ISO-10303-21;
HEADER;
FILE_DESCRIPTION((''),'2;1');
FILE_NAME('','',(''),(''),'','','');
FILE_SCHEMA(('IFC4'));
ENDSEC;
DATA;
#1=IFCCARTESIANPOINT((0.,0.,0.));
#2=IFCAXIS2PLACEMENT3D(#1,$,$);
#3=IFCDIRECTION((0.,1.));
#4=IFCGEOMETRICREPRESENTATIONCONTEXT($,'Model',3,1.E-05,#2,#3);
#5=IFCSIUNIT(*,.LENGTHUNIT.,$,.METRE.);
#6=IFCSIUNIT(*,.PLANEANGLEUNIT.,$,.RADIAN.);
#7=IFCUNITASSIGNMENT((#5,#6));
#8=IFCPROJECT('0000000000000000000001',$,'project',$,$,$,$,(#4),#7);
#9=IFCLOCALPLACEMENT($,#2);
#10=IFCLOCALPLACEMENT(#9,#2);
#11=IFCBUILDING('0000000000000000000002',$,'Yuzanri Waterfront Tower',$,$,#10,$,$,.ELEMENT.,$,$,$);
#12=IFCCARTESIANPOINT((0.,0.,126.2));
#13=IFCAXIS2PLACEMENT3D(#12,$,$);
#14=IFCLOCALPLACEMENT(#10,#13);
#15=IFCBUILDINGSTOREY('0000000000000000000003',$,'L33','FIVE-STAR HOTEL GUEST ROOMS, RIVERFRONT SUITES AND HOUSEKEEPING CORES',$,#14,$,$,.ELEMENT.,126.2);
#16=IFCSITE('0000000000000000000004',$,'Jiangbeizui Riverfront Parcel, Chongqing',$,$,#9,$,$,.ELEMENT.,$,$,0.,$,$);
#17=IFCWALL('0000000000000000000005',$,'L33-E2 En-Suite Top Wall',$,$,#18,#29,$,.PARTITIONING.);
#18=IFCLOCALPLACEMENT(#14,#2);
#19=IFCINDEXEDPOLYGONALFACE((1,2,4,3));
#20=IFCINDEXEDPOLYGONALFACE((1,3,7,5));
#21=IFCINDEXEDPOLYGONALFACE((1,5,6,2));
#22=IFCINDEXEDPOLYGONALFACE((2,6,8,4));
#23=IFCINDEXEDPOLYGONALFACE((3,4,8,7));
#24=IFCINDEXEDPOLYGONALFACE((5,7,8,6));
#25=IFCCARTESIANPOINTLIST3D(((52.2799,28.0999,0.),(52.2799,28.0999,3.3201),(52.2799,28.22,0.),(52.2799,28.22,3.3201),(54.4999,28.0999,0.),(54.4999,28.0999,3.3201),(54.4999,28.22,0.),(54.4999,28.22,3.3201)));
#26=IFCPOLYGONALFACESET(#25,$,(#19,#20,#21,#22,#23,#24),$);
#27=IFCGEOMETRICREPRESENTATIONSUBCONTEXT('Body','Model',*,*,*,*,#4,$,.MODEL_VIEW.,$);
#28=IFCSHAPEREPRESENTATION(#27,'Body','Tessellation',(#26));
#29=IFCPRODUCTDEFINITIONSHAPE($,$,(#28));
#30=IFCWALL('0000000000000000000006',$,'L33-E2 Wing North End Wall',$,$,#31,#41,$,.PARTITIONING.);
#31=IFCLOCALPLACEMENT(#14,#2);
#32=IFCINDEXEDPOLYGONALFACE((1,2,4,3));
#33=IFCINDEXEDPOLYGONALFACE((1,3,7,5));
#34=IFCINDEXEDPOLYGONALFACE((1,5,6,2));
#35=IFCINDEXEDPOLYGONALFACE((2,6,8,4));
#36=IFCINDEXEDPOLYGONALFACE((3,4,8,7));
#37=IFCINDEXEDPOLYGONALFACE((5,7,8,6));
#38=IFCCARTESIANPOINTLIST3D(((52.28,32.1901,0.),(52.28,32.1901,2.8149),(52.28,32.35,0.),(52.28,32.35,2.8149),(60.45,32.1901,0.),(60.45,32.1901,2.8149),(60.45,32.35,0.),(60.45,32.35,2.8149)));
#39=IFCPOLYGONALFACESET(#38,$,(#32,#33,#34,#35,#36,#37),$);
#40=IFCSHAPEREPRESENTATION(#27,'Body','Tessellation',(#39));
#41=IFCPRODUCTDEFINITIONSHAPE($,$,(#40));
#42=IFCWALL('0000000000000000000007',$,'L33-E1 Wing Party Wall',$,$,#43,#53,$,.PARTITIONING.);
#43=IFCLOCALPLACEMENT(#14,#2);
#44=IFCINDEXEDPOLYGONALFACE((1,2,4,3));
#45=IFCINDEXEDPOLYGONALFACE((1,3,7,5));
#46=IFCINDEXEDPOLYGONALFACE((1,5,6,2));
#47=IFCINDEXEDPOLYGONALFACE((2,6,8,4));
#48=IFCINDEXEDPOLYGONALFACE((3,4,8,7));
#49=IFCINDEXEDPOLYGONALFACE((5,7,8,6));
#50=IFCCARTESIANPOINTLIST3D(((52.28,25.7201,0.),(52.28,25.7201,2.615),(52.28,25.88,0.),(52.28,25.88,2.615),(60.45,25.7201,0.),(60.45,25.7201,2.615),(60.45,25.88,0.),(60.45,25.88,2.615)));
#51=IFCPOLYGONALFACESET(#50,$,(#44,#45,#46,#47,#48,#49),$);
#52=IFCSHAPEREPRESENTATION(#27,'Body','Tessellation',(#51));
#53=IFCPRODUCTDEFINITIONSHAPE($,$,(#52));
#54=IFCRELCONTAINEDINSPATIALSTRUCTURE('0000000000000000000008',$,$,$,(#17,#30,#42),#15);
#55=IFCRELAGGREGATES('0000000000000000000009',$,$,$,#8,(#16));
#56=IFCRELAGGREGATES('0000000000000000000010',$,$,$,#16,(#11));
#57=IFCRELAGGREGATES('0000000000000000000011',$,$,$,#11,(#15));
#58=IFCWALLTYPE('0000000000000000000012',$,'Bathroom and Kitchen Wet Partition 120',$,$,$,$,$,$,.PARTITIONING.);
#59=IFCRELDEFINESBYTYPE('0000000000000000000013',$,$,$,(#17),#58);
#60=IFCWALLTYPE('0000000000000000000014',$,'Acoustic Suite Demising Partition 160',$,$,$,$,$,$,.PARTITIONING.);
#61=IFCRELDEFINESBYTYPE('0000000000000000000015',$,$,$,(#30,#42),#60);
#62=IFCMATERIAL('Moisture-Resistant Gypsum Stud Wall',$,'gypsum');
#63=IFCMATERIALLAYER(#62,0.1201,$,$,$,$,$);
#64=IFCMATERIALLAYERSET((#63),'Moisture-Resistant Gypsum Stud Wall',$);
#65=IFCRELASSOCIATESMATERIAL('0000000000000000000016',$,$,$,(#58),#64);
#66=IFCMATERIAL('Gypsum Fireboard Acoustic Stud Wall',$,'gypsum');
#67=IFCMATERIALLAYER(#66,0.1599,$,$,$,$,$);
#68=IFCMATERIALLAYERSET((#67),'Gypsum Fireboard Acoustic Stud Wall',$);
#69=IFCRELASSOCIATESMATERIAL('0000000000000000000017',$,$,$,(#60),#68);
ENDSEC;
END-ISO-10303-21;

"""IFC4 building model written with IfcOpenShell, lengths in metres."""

from ifc_helpers import new_model, si_unit, direction, frame, frame_2d, origin, place, context, subcontext, project, spatial, rectangle, extrude, source, transform, mapped, material, layer, layer_set, type_object, element, save


model = new_model("IFC4")

# Units and contexts
model_context = context("Model", 3, precision=1e-05, world=origin(), true_north=direction((0.0, 1.0)))
body_context = subcontext(model_context, "Body", "Model", "MODEL_VIEW")
ifc_project = project(units=[si_unit("LENGTHUNIT", "METRE"), si_unit("PLANEANGLEUNIT", "RADIAN")], contexts=[model_context])

# Site, building, storey
site_placement = place(None, origin())
site = spatial("IfcSite", under=ifc_project, at=site_placement, Name="Jiangbeizui Riverfront Parcel, Chongqing", CompositionType="ELEMENT", RefElevation=0.0)
building_placement = place(site_placement, origin())
building = spatial("IfcBuilding", under=site, at=building_placement, Name="Yuzanri Waterfront Tower", CompositionType="ELEMENT")
storey_placement = place(building_placement, frame((0.0, 0.0, 126.2)))
storey = spatial("IfcBuildingStorey", under=building, at=storey_placement, Name="L33", Description="FIVE-STAR HOTEL GUEST ROOMS, RIVERFRONT SUITES AND HOUSEKEEPING CORES", CompositionType="ELEMENT", Elevation=126.2)

# Shared definitions
ifc_material_1 = material(Name="Moisture-Resistant Gypsum Stud Wall", Category="gypsum")
ifc_layer_1 = layer(ifc_material_1, 0.1201)
ifc_layer_set_1 = layer_set([ifc_layer_1], Name="Moisture-Resistant Gypsum Stud Wall")
wall_type_1 = type_object("IfcWallType", Name="Bathroom and Kitchen Wet Partition 120", PredefinedType="PARTITIONING", material=ifc_layer_set_1)

# Walls
shared_shape_1 = source(origin(), body_context, "Body", "SweptSolid", [
    extrude(rectangle(XDim=2.22, YDim=0.1201, at=frame_2d((1.1099, 0.0))), origin(), (0.0, 0.0, 1.0), 3.3201),
])
wall_1_placement = place(storey_placement, frame((52.28, 28.1599, 0.0), z_axis=(0.0, 0.0, 1.0), x_axis=(1.0, 0.0, 0.0)))
element("IfcWall", 1, at=wall_1_placement, inside=storey, type_object=wall_type_1, Name="L33-E2 En-Suite Top Wall", PredefinedType="PARTITIONING", context=body_context, shape_type="MappedRepresentation", body=[
    mapped(shared_shape_1, transform((0.0, 0.0, 0.0), scale=1.0)),
])
ifc_material_2 = material(Name="Gypsum Fireboard Acoustic Stud Wall", Category="gypsum")
ifc_layer_2 = layer(ifc_material_2, 0.1599)
ifc_layer_set_2 = layer_set([ifc_layer_2], Name="Gypsum Fireboard Acoustic Stud Wall")
wall_type_2 = type_object("IfcWallType", Name="Acoustic Suite Demising Partition 160", PredefinedType="PARTITIONING", material=ifc_layer_set_2)
shared_shape_2 = source(origin(), body_context, "Body", "SweptSolid", [
    extrude(rectangle(XDim=8.1699, YDim=0.1599, at=frame_2d((4.085, 0.0))), origin(), (0.0, 0.0, 1.0), 2.8149),
])
wall_2_placement = place(storey_placement, frame((52.28, 32.27, 0.0), z_axis=(0.0, 0.0, 1.0), x_axis=(1.0, 0.0, 0.0)))
element("IfcWall", 2, at=wall_2_placement, inside=storey, type_object=wall_type_2, Name="L33-E2 Wing North End Wall", PredefinedType="PARTITIONING", context=body_context, shape_type="MappedRepresentation", body=[
    mapped(shared_shape_2, transform((0.0, 0.0, 0.0), scale=1.0)),
])
shared_shape_3 = source(origin(), body_context, "Body", "SweptSolid", [
    extrude(rectangle(XDim=8.1699, YDim=0.1599, at=frame_2d((4.085, 0.0))), origin(), (0.0, 0.0, 1.0), 2.615),
])
wall_3_placement = place(storey_placement, frame((52.28, 25.8, 0.0), z_axis=(0.0, 0.0, 1.0), x_axis=(1.0, 0.0, 0.0)))
element("IfcWall", 3, at=wall_3_placement, inside=storey, type_object=wall_type_2, Name="L33-E1 Wing Party Wall", PredefinedType="PARTITIONING", context=body_context, shape_type="MappedRepresentation", body=[
    mapped(shared_shape_3, transform((0.0, 0.0, 0.0), scale=1.0)),
])

save(model, "model.ifc")
